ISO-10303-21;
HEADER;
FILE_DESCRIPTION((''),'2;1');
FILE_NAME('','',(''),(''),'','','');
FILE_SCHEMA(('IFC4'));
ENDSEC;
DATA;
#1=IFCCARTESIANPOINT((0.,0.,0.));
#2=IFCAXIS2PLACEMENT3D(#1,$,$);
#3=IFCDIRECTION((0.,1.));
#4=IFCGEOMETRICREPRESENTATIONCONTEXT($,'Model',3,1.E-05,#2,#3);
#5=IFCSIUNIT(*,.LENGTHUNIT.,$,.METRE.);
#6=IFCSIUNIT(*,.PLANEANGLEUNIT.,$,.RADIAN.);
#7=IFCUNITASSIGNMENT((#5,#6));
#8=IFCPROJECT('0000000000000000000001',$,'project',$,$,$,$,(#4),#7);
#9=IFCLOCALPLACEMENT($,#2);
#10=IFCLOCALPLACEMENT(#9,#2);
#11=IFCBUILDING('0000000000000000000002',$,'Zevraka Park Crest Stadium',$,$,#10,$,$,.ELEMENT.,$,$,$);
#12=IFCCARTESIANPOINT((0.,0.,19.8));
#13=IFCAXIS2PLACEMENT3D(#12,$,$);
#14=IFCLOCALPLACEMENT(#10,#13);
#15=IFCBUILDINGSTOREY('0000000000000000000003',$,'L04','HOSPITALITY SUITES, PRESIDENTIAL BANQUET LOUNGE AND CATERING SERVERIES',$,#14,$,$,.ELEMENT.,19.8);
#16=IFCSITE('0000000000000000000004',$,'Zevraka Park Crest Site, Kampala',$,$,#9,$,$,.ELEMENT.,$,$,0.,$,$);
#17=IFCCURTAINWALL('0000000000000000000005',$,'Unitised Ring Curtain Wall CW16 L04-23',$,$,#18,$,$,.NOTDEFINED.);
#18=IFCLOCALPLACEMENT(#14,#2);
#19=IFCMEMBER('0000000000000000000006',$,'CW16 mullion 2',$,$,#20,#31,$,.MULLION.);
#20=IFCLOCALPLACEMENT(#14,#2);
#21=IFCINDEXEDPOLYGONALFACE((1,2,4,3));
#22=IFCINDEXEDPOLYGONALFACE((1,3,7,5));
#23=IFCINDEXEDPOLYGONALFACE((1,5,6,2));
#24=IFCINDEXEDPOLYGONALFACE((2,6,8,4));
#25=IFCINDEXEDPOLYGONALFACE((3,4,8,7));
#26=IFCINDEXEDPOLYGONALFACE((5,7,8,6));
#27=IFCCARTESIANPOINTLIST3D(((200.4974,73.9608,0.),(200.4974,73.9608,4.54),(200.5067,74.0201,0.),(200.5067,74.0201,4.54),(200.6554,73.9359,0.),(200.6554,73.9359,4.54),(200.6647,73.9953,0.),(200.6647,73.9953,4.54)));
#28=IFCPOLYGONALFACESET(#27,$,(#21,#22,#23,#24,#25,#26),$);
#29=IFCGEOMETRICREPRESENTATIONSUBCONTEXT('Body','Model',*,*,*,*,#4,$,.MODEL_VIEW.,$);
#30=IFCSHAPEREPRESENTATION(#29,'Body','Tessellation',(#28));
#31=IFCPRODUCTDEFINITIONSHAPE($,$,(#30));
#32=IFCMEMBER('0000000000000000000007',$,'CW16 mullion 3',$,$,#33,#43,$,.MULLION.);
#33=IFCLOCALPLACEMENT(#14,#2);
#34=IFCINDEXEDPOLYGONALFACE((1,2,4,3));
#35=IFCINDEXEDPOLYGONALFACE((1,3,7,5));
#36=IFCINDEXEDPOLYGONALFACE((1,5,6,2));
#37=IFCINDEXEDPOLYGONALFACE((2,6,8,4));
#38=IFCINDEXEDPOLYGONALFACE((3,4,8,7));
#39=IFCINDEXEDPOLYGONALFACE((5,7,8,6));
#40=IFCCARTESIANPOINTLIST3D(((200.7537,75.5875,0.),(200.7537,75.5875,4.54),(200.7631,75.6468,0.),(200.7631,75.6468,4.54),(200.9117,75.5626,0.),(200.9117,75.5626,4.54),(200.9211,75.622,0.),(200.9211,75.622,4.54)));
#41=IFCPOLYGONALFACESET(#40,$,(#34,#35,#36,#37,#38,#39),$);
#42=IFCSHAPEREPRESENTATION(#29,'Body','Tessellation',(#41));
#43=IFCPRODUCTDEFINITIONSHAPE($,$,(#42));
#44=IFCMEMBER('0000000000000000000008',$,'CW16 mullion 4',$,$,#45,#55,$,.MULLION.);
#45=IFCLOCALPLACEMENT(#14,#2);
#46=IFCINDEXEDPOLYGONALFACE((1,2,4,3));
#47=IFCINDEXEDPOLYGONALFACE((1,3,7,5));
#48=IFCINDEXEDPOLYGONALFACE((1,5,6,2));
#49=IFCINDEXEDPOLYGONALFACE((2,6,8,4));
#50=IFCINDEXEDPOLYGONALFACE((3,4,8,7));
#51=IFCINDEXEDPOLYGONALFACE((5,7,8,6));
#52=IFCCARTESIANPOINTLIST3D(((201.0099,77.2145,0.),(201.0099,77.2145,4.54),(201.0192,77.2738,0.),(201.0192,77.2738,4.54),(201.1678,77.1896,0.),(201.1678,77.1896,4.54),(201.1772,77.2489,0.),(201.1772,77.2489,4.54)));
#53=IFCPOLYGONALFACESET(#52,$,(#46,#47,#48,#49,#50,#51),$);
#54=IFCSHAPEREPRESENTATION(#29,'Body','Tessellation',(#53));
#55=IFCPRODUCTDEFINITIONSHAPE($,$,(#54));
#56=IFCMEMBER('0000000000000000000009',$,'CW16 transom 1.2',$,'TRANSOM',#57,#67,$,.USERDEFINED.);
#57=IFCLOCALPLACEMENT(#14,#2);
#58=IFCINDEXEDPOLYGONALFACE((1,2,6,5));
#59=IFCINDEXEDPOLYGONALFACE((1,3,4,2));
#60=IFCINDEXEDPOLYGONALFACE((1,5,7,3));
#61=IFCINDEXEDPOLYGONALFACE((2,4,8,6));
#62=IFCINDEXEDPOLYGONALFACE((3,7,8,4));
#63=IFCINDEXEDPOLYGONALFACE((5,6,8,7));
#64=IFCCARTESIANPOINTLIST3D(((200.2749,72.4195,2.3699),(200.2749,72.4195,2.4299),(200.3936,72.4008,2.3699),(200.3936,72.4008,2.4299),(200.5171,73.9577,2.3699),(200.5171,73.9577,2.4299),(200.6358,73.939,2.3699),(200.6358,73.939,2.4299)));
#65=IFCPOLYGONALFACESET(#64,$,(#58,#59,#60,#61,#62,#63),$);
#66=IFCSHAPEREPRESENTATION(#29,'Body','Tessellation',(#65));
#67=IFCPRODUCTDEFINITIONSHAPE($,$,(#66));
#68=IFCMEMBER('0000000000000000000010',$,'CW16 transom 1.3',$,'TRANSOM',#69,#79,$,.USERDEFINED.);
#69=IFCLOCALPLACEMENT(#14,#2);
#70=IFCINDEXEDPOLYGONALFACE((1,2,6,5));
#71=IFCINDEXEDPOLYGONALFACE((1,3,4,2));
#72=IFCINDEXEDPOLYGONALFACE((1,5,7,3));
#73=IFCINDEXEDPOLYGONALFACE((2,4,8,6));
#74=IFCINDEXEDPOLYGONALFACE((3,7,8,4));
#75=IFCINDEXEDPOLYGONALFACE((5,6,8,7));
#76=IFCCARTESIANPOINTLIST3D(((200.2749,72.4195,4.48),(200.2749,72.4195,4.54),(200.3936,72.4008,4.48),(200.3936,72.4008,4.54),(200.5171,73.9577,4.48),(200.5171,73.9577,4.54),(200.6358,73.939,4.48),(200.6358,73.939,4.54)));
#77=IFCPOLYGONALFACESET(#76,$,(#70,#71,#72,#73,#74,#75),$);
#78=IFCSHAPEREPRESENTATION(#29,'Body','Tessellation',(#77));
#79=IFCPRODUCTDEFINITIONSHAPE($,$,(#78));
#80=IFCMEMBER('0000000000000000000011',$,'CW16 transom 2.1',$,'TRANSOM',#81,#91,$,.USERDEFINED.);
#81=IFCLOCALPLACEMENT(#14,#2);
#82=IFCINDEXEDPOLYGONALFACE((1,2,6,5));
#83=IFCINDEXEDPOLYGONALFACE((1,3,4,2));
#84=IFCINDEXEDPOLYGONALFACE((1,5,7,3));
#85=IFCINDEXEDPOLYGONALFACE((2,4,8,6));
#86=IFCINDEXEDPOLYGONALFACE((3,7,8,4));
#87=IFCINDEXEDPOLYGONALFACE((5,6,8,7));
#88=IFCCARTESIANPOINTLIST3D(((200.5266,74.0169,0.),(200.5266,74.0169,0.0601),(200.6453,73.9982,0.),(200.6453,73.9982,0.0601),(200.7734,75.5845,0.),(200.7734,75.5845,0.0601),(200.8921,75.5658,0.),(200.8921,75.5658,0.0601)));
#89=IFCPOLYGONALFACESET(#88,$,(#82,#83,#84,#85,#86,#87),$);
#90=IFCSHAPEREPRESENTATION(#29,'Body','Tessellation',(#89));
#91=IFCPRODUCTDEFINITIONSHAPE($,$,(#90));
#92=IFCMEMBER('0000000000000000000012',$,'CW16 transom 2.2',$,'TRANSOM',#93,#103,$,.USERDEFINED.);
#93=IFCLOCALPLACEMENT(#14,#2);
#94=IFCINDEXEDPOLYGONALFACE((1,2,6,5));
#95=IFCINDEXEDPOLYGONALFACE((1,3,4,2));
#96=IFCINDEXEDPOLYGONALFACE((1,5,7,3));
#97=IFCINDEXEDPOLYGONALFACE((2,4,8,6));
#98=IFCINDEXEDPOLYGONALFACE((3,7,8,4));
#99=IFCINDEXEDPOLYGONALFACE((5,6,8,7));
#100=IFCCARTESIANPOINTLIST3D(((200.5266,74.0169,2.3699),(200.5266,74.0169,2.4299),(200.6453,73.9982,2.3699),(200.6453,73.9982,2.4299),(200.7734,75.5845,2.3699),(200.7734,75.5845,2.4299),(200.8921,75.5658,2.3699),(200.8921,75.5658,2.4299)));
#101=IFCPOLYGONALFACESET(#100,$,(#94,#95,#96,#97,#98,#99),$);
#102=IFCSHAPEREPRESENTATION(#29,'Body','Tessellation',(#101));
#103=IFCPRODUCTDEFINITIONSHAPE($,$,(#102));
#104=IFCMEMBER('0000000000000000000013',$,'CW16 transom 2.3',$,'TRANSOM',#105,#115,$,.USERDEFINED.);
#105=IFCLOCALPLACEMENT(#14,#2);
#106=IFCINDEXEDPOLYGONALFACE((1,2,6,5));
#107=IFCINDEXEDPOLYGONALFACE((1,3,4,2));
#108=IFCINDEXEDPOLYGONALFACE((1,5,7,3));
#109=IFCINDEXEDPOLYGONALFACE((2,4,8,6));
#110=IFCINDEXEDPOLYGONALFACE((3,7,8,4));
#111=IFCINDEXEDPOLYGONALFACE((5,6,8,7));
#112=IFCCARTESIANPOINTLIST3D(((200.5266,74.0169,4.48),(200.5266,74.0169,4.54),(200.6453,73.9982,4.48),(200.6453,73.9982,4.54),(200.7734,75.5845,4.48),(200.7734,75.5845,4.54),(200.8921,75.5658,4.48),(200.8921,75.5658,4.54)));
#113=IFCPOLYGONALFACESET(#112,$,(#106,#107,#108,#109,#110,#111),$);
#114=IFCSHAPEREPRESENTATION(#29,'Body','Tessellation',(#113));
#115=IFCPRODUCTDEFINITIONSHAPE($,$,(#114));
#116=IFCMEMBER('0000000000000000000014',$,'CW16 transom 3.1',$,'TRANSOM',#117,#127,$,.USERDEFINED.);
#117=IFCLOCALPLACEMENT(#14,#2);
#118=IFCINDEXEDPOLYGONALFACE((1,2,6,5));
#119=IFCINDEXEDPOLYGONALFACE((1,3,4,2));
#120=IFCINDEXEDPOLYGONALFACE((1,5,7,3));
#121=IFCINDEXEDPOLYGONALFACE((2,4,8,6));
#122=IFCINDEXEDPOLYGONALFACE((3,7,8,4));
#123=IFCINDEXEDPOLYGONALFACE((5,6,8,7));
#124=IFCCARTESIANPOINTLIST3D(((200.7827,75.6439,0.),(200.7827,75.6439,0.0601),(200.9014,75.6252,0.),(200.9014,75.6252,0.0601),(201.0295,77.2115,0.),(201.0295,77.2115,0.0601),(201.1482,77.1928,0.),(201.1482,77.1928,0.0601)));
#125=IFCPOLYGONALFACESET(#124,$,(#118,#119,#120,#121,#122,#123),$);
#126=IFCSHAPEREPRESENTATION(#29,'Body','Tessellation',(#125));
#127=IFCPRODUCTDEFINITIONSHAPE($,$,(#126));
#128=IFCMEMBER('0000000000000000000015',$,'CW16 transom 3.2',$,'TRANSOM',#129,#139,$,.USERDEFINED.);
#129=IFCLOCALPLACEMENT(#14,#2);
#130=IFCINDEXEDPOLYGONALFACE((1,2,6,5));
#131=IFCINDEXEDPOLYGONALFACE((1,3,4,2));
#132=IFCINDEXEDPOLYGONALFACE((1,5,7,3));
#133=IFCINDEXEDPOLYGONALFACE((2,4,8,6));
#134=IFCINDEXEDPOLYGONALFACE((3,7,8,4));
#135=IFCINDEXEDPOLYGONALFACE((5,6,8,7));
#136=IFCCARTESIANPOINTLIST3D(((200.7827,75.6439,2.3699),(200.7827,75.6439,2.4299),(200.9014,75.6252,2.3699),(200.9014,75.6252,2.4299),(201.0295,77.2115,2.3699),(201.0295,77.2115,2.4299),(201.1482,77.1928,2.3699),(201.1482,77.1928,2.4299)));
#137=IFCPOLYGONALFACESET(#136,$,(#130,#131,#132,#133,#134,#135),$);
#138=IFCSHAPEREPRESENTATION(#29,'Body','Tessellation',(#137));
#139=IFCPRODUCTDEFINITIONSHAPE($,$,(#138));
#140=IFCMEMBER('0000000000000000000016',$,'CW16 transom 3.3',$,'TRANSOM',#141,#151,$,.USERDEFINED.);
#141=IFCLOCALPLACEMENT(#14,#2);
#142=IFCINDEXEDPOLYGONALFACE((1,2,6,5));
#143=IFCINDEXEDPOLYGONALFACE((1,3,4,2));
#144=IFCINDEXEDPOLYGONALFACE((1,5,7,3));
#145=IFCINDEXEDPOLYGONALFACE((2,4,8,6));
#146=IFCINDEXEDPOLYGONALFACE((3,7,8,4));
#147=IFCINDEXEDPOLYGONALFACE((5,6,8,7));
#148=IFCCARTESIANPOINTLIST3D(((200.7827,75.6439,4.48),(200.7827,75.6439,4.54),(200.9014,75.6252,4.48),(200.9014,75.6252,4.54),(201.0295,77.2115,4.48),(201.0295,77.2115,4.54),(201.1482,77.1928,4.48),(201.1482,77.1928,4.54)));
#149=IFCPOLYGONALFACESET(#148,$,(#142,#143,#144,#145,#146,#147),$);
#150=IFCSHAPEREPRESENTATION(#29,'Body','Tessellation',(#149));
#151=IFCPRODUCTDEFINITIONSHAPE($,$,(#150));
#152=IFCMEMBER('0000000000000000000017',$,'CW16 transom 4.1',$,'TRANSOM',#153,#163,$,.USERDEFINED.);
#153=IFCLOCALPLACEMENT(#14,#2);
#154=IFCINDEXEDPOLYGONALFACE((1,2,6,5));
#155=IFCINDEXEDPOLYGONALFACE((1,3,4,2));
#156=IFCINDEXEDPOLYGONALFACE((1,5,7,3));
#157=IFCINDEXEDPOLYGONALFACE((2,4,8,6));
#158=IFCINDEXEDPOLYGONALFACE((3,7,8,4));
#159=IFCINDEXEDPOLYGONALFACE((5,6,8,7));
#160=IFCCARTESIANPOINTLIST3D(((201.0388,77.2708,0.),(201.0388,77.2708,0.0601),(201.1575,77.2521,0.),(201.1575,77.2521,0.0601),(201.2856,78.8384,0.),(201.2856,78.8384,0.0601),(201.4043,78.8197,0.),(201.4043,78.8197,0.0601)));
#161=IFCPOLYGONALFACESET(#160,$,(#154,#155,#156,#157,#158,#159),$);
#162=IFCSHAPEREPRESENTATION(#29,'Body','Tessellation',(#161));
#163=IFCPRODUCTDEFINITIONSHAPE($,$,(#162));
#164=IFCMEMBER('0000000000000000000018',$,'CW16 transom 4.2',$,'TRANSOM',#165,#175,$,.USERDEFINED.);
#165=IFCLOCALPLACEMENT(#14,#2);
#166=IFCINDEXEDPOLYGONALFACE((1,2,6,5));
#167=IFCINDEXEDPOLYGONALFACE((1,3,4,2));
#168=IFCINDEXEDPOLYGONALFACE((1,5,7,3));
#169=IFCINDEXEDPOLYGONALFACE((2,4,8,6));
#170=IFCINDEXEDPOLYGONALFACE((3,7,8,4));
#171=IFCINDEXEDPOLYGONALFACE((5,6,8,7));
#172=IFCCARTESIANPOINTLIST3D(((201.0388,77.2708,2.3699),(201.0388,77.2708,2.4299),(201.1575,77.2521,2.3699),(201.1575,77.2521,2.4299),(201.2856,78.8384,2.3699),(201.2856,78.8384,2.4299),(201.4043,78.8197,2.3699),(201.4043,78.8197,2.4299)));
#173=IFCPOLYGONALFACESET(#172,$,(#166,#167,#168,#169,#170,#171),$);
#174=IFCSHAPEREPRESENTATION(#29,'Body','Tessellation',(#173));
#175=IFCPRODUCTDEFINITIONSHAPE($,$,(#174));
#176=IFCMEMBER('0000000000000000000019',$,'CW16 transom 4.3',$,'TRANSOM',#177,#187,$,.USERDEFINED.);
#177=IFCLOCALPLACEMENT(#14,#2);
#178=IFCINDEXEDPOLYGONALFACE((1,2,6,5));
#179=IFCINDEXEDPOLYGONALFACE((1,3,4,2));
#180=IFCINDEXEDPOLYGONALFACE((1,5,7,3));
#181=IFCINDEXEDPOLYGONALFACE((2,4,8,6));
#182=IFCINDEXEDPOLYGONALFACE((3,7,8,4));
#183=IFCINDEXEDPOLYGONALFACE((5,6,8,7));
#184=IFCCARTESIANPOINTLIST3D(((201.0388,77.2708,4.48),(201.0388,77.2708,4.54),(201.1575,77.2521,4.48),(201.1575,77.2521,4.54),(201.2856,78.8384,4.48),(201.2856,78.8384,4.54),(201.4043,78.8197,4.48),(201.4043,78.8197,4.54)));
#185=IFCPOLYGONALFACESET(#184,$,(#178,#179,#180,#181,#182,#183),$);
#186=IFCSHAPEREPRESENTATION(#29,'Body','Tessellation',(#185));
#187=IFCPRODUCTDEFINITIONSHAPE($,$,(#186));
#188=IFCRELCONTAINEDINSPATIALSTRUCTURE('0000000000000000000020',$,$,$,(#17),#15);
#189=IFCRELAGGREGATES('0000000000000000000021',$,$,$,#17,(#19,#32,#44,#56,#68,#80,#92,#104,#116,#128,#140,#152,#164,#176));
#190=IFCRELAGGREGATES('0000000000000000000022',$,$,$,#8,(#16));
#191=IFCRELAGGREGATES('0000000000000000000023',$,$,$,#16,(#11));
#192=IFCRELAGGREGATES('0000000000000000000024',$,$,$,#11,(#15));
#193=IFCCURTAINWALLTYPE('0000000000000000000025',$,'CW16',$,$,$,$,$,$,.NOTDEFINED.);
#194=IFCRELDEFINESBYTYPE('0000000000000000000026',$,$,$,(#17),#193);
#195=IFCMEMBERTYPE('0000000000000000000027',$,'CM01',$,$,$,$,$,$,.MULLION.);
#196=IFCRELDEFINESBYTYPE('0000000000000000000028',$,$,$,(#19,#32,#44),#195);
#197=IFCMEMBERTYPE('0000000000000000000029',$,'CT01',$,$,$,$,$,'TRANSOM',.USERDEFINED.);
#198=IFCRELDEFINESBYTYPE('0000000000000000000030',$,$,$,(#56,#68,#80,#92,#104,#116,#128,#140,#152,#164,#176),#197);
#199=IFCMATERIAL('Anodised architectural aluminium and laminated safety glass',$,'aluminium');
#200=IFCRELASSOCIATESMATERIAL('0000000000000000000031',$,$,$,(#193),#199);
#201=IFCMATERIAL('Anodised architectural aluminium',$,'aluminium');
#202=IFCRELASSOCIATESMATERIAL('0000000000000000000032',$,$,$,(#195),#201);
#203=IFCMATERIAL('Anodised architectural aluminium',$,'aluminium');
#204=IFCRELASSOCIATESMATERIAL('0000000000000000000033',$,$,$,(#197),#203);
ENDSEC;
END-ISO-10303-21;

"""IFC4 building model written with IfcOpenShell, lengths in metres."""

from ifc_helpers import new_model, si_unit, direction, frame, origin, origin_2d, place, context, subcontext, project, spatial, rectangle, extrude, material, material_profile, profile_set, type_object, element, aggregate, save


model = new_model("IFC4")

# Units and contexts
model_context = context("Model", 3, precision=1e-05, world=origin(), true_north=direction((0.0, 1.0)))
body_context = subcontext(model_context, "Body", "Model", "MODEL_VIEW")
ifc_project = project(units=[si_unit("LENGTHUNIT", "METRE"), si_unit("PLANEANGLEUNIT", "RADIAN")], contexts=[model_context])

# Site, building, storey
site_placement = place(None, origin())
site = spatial("IfcSite", under=ifc_project, at=site_placement, Name="Zevraka Park Crest Site, Kampala", CompositionType="ELEMENT", RefElevation=0.0)
building_placement = place(site_placement, origin())
building = spatial("IfcBuilding", under=site, at=building_placement, Name="Zevraka Park Crest Stadium", CompositionType="ELEMENT")
storey_placement = place(building_placement, frame((0.0, 0.0, 19.8)))
storey = spatial("IfcBuildingStorey", under=building, at=storey_placement, Name="L04", Description="HOSPITALITY SUITES, PRESIDENTIAL BANQUET LOUNGE AND CATERING SERVERIES", CompositionType="ELEMENT", Elevation=19.8)

# Curtain wall, members
ifc_material_1 = material(Name="Anodised architectural aluminium and laminated safety glass", Category="aluminium")
curtain_wall_type = type_object("IfcCurtainWallType", Name="CW16", PredefinedType="NOTDEFINED", material=ifc_material_1)
curtain_wall_placement = place(storey_placement, origin())
curtain_wall = element("IfcCurtainWall", 1, at=curtain_wall_placement, inside=storey, type_object=curtain_wall_type, Name="Unitised Ring Curtain Wall CW16 L04-23", PredefinedType="NOTDEFINED")
ifc_material_2 = material(Name="Anodised architectural aluminium", Category="aluminium")
ifc_material_profile_1 = material_profile(ifc_material_2, rectangle(XDim=0.1599, YDim=0.0601, at=origin_2d()), Name="ALU MULLION 160x60")
ifc_profile_set_1 = profile_set([ifc_material_profile_1], Name="Anodised architectural aluminium")
member_type_1 = type_object("IfcMemberType", Name="CM01", PredefinedType="MULLION", material=ifc_profile_set_1)
member_1_placement = place(storey_placement, frame((200.5811, 73.978, 0.0), z_axis=(0.0, 0.0, 1.0), x_axis=(-0.98783, 0.155539, 0.0)))
member_1 = element("IfcMember", 2, at=member_1_placement, type_object=member_type_1, Name="CW16 mullion 2", PredefinedType="MULLION", context=body_context, shape_type="SweptSolid", body=[
    extrude(rectangle(XDim=0.1599, YDim=0.0601, at=origin_2d()), origin(), (0.0, 0.0, 1.0), 4.54),
])
member_2_placement = place(storey_placement, frame((200.8374, 75.6047, 0.0), z_axis=(0.0, 0.0, 1.0), x_axis=(-0.98783, 0.155539, 0.0)))
member_2 = element("IfcMember", 3, at=member_2_placement, type_object=member_type_1, Name="CW16 mullion 3", PredefinedType="MULLION", context=body_context, shape_type="SweptSolid", body=[
    extrude(rectangle(XDim=0.1599, YDim=0.0601, at=origin_2d()), origin(), (0.0, 0.0, 1.0), 4.54),
])
member_3_placement = place(storey_placement, frame((201.0935, 77.2317, 0.0), z_axis=(0.0, 0.0, 1.0), x_axis=(-0.98783, 0.155539, 0.0)))
member_3 = element("IfcMember", 4, at=member_3_placement, type_object=member_type_1, Name="CW16 mullion 4", PredefinedType="MULLION", context=body_context, shape_type="SweptSolid", body=[
    extrude(rectangle(XDim=0.1599, YDim=0.0601, at=origin_2d()), origin(), (0.0, 0.0, 1.0), 4.54),
])
ifc_material_3 = material(Name="Anodised architectural aluminium", Category="aluminium")
ifc_material_profile_2 = material_profile(ifc_material_3, rectangle(XDim=0.1201, YDim=0.0601, at=origin_2d()), Name="ALU TRANSOM 120x60")
ifc_profile_set_2 = profile_set([ifc_material_profile_2], Name="Anodised architectural aluminium")
member_type_2 = type_object("IfcMemberType", Name="CT01", ElementType="TRANSOM", PredefinedType="USERDEFINED", material=ifc_profile_set_2)
member_4_placement = place(storey_placement, frame((200.3342, 72.4102, 2.3999), z_axis=(0.155544, 0.987829, 0.0), x_axis=(-0.987829, 0.155544, 0.0)))
member_4 = element("IfcMember", 5, at=member_4_placement, type_object=member_type_2, Name="CW16 transom 1.2", ObjectType="TRANSOM", PredefinedType="USERDEFINED", context=body_context, shape_type="SweptSolid", body=[
    extrude(rectangle(XDim=0.1201, YDim=0.0601, at=origin_2d()), origin(), (0.0, 0.0, 1.0), 1.5571),
])
member_5_placement = place(storey_placement, frame((200.3342, 72.4102, 4.51), z_axis=(0.155544, 0.987829, 0.0), x_axis=(-0.987829, 0.155544, 0.0)))
member_5 = element("IfcMember", 6, at=member_5_placement, type_object=member_type_2, Name="CW16 transom 1.3", ObjectType="TRANSOM", PredefinedType="USERDEFINED", context=body_context, shape_type="SweptSolid", body=[
    extrude(rectangle(XDim=0.1201, YDim=0.0601, at=origin_2d()), origin(), (0.0, 0.0, 1.0), 1.5571),
])
member_6_placement = place(storey_placement, frame((200.5859, 74.0076, 0.03), z_axis=(0.155536, 0.98783, 0.0), x_axis=(-0.98783, 0.155536, 0.0)))
member_6 = element("IfcMember", 7, at=member_6_placement, type_object=member_type_2, Name="CW16 transom 2.1", ObjectType="TRANSOM", PredefinedType="USERDEFINED", context=body_context, shape_type="SweptSolid", body=[
    extrude(rectangle(XDim=0.1201, YDim=0.0601, at=origin_2d()), origin(), (0.0, 0.0, 1.0), 1.5869),
])
member_7_placement = place(storey_placement, frame((200.5859, 74.0076, 2.3999), z_axis=(0.155536, 0.98783, 0.0), x_axis=(-0.98783, 0.155536, 0.0)))
member_7 = element("IfcMember", 8, at=member_7_placement, type_object=member_type_2, Name="CW16 transom 2.2", ObjectType="TRANSOM", PredefinedType="USERDEFINED", context=body_context, shape_type="SweptSolid", body=[
    extrude(rectangle(XDim=0.1201, YDim=0.0601, at=origin_2d()), origin(), (0.0, 0.0, 1.0), 1.5869),
])
member_8_placement = place(storey_placement, frame((200.5859, 74.0076, 4.51), z_axis=(0.155536, 0.98783, 0.0), x_axis=(-0.98783, 0.155536, 0.0)))
member_8 = element("IfcMember", 9, at=member_8_placement, type_object=member_type_2, Name="CW16 transom 2.3", ObjectType="TRANSOM", PredefinedType="USERDEFINED", context=body_context, shape_type="SweptSolid", body=[
    extrude(rectangle(XDim=0.1201, YDim=0.0601, at=origin_2d()), origin(), (0.0, 0.0, 1.0), 1.5869),
])
member_9_placement = place(storey_placement, frame((200.842, 75.6345, 0.03), z_axis=(0.155536, 0.98783, 0.0), x_axis=(-0.98783, 0.155536, 0.0)))
member_9 = element("IfcMember", 10, at=member_9_placement, type_object=member_type_2, Name="CW16 transom 3.1", ObjectType="TRANSOM", PredefinedType="USERDEFINED", context=body_context, shape_type="SweptSolid", body=[
    extrude(rectangle(XDim=0.1201, YDim=0.0601, at=origin_2d()), origin(), (0.0, 0.0, 1.0), 1.5869),
])
member_10_placement = place(storey_placement, frame((200.842, 75.6345, 2.3999), z_axis=(0.155536, 0.98783, 0.0), x_axis=(-0.98783, 0.155536, 0.0)))
member_10 = element("IfcMember", 11, at=member_10_placement, type_object=member_type_2, Name="CW16 transom 3.2", ObjectType="TRANSOM", PredefinedType="USERDEFINED", context=body_context, shape_type="SweptSolid", body=[
    extrude(rectangle(XDim=0.1201, YDim=0.0601, at=origin_2d()), origin(), (0.0, 0.0, 1.0), 1.5869),
])
member_11_placement = place(storey_placement, frame((200.842, 75.6345, 4.51), z_axis=(0.155536, 0.98783, 0.0), x_axis=(-0.98783, 0.155536, 0.0)))
member_11 = element("IfcMember", 12, at=member_11_placement, type_object=member_type_2, Name="CW16 transom 3.3", ObjectType="TRANSOM", PredefinedType="USERDEFINED", context=body_context, shape_type="SweptSolid", body=[
    extrude(rectangle(XDim=0.1201, YDim=0.0601, at=origin_2d()), origin(), (0.0, 0.0, 1.0), 1.5869),
])
member_12_placement = place(storey_placement, frame((201.0981, 77.2615, 0.03), z_axis=(0.155536, 0.98783, 0.0), x_axis=(-0.98783, 0.155536, 0.0)))
member_12 = element("IfcMember", 13, at=member_12_placement, type_object=member_type_2, Name="CW16 transom 4.1", ObjectType="TRANSOM", PredefinedType="USERDEFINED", context=body_context, shape_type="SweptSolid", body=[
    extrude(rectangle(XDim=0.1201, YDim=0.0601, at=origin_2d()), origin(), (0.0, 0.0, 1.0), 1.5869),
])
member_13_placement = place(storey_placement, frame((201.0981, 77.2615, 2.3999), z_axis=(0.155536, 0.98783, 0.0), x_axis=(-0.98783, 0.155536, 0.0)))
member_13 = element("IfcMember", 14, at=member_13_placement, type_object=member_type_2, Name="CW16 transom 4.2", ObjectType="TRANSOM", PredefinedType="USERDEFINED", context=body_context, shape_type="SweptSolid", body=[
    extrude(rectangle(XDim=0.1201, YDim=0.0601, at=origin_2d()), origin(), (0.0, 0.0, 1.0), 1.5869),
])
member_14_placement = place(storey_placement, frame((201.0981, 77.2615, 4.51), z_axis=(0.155536, 0.98783, 0.0), x_axis=(-0.98783, 0.155536, 0.0)))
member_14 = element("IfcMember", 15, at=member_14_placement, type_object=member_type_2, Name="CW16 transom 4.3", ObjectType="TRANSOM", PredefinedType="USERDEFINED", context=body_context, shape_type="SweptSolid", body=[
    extrude(rectangle(XDim=0.1201, YDim=0.0601, at=origin_2d()), origin(), (0.0, 0.0, 1.0), 1.5869),
])
aggregate(curtain_wall, [member_1, member_2, member_3, member_4, member_5, member_6, member_7, member_8, member_9, member_10, member_11, member_12, member_13, member_14])

save(model, "model.ifc")
